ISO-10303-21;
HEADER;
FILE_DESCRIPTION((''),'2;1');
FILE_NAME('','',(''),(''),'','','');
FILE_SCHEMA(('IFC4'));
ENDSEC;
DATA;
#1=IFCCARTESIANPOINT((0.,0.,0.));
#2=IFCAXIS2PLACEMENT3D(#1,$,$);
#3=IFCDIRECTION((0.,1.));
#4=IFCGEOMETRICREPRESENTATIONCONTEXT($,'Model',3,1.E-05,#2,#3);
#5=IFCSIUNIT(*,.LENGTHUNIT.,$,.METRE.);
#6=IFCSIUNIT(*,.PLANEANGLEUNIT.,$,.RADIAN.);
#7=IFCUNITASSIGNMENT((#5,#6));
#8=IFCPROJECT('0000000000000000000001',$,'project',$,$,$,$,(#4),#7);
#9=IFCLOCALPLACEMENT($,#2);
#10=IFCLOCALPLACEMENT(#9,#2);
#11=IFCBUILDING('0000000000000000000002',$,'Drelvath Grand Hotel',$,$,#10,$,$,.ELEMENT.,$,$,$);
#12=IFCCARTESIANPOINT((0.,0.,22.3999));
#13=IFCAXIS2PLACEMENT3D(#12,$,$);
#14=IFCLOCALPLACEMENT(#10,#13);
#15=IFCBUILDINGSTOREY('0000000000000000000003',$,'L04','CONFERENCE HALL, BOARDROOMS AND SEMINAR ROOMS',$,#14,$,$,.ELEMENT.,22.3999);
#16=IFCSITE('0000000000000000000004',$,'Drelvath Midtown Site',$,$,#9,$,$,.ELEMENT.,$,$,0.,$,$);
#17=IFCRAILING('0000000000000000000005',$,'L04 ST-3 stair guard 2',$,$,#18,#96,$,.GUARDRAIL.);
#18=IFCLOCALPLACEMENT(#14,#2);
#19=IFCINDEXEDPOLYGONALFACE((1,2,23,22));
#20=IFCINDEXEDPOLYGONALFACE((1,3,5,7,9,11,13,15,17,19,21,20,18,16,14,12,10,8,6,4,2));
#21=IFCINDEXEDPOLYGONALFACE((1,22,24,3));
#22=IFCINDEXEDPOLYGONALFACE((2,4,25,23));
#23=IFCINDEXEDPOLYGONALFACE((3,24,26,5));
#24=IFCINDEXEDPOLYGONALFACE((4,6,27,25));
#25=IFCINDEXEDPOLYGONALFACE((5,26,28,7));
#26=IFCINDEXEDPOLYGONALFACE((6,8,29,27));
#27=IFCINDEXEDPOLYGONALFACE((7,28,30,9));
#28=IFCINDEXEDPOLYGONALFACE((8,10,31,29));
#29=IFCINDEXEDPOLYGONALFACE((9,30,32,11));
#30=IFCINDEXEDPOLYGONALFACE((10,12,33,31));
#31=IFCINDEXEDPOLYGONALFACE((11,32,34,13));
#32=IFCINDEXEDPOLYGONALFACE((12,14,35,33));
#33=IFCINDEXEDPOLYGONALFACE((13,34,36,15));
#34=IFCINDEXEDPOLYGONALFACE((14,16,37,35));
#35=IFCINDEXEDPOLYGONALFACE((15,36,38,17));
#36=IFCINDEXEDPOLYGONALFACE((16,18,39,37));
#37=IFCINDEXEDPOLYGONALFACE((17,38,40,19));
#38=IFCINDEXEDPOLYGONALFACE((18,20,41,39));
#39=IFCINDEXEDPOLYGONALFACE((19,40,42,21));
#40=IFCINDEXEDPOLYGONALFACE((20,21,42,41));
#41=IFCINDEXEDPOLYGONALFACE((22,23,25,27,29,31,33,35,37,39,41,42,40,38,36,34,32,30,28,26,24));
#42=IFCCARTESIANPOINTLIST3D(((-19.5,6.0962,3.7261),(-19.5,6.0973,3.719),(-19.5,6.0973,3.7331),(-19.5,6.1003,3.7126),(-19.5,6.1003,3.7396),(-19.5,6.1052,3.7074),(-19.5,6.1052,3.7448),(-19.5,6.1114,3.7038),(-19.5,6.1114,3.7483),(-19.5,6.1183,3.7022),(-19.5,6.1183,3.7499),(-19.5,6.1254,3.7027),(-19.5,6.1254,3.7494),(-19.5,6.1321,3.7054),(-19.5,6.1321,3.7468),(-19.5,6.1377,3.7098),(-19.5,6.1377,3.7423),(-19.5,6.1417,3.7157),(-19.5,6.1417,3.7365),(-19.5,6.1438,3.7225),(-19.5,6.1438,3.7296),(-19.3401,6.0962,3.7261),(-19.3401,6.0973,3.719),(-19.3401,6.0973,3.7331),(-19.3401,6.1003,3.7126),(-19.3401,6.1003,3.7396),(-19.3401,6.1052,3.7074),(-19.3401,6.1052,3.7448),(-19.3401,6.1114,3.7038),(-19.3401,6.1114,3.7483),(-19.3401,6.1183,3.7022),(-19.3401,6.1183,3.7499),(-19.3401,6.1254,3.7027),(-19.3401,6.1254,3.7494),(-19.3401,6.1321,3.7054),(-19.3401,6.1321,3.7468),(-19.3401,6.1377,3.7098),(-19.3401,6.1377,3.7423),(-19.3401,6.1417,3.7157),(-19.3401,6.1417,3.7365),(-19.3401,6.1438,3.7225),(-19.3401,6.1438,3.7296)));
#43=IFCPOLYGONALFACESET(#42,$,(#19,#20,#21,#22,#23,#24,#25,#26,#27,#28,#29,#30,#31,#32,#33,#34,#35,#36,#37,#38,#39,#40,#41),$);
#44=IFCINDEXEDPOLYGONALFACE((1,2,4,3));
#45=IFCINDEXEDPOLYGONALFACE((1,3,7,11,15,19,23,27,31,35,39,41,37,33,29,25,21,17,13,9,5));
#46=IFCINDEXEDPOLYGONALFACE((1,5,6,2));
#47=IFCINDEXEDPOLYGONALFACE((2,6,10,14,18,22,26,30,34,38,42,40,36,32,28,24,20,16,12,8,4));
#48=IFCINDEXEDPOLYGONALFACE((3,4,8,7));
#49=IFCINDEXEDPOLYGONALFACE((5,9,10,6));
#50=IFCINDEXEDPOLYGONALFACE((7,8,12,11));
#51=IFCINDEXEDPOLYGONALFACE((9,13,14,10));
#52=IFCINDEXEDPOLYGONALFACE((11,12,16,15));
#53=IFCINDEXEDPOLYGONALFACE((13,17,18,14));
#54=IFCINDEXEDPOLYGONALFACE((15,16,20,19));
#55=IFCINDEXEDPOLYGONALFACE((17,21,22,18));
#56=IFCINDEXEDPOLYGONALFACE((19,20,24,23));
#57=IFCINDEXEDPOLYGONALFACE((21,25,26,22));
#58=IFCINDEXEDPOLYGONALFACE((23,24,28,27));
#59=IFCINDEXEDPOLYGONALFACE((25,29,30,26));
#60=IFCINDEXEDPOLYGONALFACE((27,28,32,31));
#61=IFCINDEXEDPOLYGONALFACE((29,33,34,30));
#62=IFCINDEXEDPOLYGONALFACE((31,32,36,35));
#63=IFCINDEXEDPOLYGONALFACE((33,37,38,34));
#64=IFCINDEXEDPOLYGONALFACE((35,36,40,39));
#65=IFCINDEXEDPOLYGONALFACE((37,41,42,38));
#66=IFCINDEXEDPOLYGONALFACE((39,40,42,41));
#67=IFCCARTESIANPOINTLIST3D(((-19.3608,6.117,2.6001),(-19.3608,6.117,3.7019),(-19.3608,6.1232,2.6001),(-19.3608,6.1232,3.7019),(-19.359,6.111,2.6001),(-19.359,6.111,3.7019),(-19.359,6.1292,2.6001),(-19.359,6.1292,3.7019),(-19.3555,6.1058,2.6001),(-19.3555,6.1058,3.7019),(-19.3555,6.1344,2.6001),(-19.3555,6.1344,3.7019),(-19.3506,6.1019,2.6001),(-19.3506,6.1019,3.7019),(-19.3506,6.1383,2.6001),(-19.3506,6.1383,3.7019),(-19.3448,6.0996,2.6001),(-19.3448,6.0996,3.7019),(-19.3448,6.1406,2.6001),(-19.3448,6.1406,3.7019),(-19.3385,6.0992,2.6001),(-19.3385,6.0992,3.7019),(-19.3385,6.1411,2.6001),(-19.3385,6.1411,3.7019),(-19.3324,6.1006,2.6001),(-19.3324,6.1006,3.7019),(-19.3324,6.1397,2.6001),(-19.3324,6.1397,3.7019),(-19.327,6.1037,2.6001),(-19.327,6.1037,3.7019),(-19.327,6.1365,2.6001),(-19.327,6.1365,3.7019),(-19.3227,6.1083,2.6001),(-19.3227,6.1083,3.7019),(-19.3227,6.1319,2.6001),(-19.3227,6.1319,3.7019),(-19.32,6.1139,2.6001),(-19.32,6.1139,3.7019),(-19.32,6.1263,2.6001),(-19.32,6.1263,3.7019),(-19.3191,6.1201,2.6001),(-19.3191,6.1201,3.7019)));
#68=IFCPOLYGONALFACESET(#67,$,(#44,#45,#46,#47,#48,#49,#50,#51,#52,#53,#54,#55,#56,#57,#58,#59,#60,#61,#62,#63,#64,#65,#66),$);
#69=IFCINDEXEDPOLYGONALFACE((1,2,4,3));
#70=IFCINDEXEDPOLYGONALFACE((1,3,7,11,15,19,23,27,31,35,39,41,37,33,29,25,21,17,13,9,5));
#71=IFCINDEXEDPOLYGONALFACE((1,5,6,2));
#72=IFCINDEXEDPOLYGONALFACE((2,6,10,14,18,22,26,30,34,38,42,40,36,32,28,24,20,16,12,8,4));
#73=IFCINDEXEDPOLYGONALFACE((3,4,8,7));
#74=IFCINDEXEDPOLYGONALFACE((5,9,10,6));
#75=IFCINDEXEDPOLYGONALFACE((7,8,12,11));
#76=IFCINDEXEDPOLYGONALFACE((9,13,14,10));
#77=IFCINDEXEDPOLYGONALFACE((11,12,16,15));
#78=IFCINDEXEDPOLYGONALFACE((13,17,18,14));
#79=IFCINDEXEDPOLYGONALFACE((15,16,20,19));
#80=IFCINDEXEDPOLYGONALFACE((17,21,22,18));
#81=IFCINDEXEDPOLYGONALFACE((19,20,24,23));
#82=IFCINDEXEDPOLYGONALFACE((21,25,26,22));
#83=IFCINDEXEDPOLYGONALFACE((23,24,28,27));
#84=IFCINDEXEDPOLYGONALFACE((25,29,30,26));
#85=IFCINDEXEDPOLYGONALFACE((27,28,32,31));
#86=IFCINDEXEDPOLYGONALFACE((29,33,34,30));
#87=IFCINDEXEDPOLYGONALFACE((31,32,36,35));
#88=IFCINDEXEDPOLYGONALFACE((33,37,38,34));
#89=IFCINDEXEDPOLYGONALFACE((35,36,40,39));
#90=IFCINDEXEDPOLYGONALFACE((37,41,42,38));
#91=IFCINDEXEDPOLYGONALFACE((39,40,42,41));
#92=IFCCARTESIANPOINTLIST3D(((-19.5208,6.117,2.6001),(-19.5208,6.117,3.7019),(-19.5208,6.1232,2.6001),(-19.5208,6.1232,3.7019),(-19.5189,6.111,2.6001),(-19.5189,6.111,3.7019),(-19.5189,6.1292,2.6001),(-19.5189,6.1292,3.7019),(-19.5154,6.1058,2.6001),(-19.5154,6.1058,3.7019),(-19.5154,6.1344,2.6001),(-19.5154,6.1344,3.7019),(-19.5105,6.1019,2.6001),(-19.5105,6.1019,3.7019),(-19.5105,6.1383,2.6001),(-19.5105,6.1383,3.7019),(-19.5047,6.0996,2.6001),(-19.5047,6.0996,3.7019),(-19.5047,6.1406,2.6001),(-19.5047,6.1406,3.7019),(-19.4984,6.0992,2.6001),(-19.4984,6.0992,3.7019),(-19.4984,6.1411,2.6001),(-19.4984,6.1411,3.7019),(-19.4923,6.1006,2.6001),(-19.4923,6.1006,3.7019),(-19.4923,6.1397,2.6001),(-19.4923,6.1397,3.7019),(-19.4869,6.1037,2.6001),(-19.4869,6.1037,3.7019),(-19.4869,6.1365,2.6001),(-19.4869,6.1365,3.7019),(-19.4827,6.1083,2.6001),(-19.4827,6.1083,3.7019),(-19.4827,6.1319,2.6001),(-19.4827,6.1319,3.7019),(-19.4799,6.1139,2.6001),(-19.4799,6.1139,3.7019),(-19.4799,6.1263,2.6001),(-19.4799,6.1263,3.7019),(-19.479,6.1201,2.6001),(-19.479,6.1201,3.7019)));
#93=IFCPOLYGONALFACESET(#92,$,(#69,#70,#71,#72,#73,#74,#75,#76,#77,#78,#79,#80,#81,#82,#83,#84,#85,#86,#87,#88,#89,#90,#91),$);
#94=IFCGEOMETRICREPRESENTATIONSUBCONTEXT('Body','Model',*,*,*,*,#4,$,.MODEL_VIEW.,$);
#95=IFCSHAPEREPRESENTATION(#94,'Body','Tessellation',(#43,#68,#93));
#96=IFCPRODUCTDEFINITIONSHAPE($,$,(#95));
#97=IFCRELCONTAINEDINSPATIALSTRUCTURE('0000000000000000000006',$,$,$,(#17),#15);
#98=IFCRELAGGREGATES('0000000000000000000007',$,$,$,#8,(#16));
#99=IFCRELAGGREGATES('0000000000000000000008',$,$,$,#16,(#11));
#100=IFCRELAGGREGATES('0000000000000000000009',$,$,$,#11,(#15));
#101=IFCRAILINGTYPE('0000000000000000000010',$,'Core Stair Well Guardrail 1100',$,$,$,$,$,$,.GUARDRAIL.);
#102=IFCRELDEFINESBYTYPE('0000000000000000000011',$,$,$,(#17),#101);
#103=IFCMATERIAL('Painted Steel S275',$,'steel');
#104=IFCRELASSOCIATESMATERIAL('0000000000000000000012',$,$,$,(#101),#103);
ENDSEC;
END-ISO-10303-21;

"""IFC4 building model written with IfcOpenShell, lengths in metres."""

from ifc_helpers import new_model, si_unit, direction, frame, origin, origin_2d, place, context, subcontext, project, spatial, circle, extrude, material, type_object, element, save


model = new_model("IFC4")

# Units and contexts
model_context = context("Model", 3, precision=1e-05, world=origin(), true_north=direction((0.0, 1.0)))
body_context = subcontext(model_context, "Body", "Model", "MODEL_VIEW")
ifc_project = project(units=[si_unit("LENGTHUNIT", "METRE"), si_unit("PLANEANGLEUNIT", "RADIAN")], contexts=[model_context])

# Site, building, storey
site_placement = place(None, origin())
site = spatial("IfcSite", under=ifc_project, at=site_placement, Name="Drelvath Midtown Site", CompositionType="ELEMENT", RefElevation=0.0)
building_placement = place(site_placement, origin())
building = spatial("IfcBuilding", under=site, at=building_placement, Name="Drelvath Grand Hotel", CompositionType="ELEMENT")
storey_placement = place(building_placement, frame((0.0, 0.0, 22.3999)))
storey = spatial("IfcBuildingStorey", under=building, at=storey_placement, Name="L04", Description="CONFERENCE HALL, BOARDROOMS AND SEMINAR ROOMS", CompositionType="ELEMENT", Elevation=22.3999)

# Railing
ifc_material_1 = material(Name="Painted Steel S275", Category="steel")
railing_type_1 = type_object("IfcRailingType", Name="Core Stair Well Guardrail 1100", PredefinedType="GUARDRAIL", material=ifc_material_1)
railing_1_placement = place(storey_placement, frame((-19.3401, 6.1201, 2.6001)))
element("IfcRailing", 1, at=railing_1_placement, inside=storey, type_object=railing_type_1, Name="L04 ST-3 stair guard 2", PredefinedType="GUARDRAIL", context=body_context, shape_type="SweptSolid", body=[
    extrude(circle(Radius=0.0239, at=origin_2d()), frame((0.0, 0.0, 1.126), z_axis=(-1.0, 0.0, 0.0), x_axis=(0.0, -1.0, 0.0)), (0.0, 0.0, 1.0), 0.1599),
    extrude(circle(Radius=0.021, at=origin_2d()), origin(), (0.0, 0.0, 1.0), 1.1018),
    extrude(circle(Radius=0.021, at=origin_2d()), frame((-0.1599, 0.0, 0.0)), (0.0, 0.0, 1.0), 1.1018),
])

save(model, "model.ifc")
